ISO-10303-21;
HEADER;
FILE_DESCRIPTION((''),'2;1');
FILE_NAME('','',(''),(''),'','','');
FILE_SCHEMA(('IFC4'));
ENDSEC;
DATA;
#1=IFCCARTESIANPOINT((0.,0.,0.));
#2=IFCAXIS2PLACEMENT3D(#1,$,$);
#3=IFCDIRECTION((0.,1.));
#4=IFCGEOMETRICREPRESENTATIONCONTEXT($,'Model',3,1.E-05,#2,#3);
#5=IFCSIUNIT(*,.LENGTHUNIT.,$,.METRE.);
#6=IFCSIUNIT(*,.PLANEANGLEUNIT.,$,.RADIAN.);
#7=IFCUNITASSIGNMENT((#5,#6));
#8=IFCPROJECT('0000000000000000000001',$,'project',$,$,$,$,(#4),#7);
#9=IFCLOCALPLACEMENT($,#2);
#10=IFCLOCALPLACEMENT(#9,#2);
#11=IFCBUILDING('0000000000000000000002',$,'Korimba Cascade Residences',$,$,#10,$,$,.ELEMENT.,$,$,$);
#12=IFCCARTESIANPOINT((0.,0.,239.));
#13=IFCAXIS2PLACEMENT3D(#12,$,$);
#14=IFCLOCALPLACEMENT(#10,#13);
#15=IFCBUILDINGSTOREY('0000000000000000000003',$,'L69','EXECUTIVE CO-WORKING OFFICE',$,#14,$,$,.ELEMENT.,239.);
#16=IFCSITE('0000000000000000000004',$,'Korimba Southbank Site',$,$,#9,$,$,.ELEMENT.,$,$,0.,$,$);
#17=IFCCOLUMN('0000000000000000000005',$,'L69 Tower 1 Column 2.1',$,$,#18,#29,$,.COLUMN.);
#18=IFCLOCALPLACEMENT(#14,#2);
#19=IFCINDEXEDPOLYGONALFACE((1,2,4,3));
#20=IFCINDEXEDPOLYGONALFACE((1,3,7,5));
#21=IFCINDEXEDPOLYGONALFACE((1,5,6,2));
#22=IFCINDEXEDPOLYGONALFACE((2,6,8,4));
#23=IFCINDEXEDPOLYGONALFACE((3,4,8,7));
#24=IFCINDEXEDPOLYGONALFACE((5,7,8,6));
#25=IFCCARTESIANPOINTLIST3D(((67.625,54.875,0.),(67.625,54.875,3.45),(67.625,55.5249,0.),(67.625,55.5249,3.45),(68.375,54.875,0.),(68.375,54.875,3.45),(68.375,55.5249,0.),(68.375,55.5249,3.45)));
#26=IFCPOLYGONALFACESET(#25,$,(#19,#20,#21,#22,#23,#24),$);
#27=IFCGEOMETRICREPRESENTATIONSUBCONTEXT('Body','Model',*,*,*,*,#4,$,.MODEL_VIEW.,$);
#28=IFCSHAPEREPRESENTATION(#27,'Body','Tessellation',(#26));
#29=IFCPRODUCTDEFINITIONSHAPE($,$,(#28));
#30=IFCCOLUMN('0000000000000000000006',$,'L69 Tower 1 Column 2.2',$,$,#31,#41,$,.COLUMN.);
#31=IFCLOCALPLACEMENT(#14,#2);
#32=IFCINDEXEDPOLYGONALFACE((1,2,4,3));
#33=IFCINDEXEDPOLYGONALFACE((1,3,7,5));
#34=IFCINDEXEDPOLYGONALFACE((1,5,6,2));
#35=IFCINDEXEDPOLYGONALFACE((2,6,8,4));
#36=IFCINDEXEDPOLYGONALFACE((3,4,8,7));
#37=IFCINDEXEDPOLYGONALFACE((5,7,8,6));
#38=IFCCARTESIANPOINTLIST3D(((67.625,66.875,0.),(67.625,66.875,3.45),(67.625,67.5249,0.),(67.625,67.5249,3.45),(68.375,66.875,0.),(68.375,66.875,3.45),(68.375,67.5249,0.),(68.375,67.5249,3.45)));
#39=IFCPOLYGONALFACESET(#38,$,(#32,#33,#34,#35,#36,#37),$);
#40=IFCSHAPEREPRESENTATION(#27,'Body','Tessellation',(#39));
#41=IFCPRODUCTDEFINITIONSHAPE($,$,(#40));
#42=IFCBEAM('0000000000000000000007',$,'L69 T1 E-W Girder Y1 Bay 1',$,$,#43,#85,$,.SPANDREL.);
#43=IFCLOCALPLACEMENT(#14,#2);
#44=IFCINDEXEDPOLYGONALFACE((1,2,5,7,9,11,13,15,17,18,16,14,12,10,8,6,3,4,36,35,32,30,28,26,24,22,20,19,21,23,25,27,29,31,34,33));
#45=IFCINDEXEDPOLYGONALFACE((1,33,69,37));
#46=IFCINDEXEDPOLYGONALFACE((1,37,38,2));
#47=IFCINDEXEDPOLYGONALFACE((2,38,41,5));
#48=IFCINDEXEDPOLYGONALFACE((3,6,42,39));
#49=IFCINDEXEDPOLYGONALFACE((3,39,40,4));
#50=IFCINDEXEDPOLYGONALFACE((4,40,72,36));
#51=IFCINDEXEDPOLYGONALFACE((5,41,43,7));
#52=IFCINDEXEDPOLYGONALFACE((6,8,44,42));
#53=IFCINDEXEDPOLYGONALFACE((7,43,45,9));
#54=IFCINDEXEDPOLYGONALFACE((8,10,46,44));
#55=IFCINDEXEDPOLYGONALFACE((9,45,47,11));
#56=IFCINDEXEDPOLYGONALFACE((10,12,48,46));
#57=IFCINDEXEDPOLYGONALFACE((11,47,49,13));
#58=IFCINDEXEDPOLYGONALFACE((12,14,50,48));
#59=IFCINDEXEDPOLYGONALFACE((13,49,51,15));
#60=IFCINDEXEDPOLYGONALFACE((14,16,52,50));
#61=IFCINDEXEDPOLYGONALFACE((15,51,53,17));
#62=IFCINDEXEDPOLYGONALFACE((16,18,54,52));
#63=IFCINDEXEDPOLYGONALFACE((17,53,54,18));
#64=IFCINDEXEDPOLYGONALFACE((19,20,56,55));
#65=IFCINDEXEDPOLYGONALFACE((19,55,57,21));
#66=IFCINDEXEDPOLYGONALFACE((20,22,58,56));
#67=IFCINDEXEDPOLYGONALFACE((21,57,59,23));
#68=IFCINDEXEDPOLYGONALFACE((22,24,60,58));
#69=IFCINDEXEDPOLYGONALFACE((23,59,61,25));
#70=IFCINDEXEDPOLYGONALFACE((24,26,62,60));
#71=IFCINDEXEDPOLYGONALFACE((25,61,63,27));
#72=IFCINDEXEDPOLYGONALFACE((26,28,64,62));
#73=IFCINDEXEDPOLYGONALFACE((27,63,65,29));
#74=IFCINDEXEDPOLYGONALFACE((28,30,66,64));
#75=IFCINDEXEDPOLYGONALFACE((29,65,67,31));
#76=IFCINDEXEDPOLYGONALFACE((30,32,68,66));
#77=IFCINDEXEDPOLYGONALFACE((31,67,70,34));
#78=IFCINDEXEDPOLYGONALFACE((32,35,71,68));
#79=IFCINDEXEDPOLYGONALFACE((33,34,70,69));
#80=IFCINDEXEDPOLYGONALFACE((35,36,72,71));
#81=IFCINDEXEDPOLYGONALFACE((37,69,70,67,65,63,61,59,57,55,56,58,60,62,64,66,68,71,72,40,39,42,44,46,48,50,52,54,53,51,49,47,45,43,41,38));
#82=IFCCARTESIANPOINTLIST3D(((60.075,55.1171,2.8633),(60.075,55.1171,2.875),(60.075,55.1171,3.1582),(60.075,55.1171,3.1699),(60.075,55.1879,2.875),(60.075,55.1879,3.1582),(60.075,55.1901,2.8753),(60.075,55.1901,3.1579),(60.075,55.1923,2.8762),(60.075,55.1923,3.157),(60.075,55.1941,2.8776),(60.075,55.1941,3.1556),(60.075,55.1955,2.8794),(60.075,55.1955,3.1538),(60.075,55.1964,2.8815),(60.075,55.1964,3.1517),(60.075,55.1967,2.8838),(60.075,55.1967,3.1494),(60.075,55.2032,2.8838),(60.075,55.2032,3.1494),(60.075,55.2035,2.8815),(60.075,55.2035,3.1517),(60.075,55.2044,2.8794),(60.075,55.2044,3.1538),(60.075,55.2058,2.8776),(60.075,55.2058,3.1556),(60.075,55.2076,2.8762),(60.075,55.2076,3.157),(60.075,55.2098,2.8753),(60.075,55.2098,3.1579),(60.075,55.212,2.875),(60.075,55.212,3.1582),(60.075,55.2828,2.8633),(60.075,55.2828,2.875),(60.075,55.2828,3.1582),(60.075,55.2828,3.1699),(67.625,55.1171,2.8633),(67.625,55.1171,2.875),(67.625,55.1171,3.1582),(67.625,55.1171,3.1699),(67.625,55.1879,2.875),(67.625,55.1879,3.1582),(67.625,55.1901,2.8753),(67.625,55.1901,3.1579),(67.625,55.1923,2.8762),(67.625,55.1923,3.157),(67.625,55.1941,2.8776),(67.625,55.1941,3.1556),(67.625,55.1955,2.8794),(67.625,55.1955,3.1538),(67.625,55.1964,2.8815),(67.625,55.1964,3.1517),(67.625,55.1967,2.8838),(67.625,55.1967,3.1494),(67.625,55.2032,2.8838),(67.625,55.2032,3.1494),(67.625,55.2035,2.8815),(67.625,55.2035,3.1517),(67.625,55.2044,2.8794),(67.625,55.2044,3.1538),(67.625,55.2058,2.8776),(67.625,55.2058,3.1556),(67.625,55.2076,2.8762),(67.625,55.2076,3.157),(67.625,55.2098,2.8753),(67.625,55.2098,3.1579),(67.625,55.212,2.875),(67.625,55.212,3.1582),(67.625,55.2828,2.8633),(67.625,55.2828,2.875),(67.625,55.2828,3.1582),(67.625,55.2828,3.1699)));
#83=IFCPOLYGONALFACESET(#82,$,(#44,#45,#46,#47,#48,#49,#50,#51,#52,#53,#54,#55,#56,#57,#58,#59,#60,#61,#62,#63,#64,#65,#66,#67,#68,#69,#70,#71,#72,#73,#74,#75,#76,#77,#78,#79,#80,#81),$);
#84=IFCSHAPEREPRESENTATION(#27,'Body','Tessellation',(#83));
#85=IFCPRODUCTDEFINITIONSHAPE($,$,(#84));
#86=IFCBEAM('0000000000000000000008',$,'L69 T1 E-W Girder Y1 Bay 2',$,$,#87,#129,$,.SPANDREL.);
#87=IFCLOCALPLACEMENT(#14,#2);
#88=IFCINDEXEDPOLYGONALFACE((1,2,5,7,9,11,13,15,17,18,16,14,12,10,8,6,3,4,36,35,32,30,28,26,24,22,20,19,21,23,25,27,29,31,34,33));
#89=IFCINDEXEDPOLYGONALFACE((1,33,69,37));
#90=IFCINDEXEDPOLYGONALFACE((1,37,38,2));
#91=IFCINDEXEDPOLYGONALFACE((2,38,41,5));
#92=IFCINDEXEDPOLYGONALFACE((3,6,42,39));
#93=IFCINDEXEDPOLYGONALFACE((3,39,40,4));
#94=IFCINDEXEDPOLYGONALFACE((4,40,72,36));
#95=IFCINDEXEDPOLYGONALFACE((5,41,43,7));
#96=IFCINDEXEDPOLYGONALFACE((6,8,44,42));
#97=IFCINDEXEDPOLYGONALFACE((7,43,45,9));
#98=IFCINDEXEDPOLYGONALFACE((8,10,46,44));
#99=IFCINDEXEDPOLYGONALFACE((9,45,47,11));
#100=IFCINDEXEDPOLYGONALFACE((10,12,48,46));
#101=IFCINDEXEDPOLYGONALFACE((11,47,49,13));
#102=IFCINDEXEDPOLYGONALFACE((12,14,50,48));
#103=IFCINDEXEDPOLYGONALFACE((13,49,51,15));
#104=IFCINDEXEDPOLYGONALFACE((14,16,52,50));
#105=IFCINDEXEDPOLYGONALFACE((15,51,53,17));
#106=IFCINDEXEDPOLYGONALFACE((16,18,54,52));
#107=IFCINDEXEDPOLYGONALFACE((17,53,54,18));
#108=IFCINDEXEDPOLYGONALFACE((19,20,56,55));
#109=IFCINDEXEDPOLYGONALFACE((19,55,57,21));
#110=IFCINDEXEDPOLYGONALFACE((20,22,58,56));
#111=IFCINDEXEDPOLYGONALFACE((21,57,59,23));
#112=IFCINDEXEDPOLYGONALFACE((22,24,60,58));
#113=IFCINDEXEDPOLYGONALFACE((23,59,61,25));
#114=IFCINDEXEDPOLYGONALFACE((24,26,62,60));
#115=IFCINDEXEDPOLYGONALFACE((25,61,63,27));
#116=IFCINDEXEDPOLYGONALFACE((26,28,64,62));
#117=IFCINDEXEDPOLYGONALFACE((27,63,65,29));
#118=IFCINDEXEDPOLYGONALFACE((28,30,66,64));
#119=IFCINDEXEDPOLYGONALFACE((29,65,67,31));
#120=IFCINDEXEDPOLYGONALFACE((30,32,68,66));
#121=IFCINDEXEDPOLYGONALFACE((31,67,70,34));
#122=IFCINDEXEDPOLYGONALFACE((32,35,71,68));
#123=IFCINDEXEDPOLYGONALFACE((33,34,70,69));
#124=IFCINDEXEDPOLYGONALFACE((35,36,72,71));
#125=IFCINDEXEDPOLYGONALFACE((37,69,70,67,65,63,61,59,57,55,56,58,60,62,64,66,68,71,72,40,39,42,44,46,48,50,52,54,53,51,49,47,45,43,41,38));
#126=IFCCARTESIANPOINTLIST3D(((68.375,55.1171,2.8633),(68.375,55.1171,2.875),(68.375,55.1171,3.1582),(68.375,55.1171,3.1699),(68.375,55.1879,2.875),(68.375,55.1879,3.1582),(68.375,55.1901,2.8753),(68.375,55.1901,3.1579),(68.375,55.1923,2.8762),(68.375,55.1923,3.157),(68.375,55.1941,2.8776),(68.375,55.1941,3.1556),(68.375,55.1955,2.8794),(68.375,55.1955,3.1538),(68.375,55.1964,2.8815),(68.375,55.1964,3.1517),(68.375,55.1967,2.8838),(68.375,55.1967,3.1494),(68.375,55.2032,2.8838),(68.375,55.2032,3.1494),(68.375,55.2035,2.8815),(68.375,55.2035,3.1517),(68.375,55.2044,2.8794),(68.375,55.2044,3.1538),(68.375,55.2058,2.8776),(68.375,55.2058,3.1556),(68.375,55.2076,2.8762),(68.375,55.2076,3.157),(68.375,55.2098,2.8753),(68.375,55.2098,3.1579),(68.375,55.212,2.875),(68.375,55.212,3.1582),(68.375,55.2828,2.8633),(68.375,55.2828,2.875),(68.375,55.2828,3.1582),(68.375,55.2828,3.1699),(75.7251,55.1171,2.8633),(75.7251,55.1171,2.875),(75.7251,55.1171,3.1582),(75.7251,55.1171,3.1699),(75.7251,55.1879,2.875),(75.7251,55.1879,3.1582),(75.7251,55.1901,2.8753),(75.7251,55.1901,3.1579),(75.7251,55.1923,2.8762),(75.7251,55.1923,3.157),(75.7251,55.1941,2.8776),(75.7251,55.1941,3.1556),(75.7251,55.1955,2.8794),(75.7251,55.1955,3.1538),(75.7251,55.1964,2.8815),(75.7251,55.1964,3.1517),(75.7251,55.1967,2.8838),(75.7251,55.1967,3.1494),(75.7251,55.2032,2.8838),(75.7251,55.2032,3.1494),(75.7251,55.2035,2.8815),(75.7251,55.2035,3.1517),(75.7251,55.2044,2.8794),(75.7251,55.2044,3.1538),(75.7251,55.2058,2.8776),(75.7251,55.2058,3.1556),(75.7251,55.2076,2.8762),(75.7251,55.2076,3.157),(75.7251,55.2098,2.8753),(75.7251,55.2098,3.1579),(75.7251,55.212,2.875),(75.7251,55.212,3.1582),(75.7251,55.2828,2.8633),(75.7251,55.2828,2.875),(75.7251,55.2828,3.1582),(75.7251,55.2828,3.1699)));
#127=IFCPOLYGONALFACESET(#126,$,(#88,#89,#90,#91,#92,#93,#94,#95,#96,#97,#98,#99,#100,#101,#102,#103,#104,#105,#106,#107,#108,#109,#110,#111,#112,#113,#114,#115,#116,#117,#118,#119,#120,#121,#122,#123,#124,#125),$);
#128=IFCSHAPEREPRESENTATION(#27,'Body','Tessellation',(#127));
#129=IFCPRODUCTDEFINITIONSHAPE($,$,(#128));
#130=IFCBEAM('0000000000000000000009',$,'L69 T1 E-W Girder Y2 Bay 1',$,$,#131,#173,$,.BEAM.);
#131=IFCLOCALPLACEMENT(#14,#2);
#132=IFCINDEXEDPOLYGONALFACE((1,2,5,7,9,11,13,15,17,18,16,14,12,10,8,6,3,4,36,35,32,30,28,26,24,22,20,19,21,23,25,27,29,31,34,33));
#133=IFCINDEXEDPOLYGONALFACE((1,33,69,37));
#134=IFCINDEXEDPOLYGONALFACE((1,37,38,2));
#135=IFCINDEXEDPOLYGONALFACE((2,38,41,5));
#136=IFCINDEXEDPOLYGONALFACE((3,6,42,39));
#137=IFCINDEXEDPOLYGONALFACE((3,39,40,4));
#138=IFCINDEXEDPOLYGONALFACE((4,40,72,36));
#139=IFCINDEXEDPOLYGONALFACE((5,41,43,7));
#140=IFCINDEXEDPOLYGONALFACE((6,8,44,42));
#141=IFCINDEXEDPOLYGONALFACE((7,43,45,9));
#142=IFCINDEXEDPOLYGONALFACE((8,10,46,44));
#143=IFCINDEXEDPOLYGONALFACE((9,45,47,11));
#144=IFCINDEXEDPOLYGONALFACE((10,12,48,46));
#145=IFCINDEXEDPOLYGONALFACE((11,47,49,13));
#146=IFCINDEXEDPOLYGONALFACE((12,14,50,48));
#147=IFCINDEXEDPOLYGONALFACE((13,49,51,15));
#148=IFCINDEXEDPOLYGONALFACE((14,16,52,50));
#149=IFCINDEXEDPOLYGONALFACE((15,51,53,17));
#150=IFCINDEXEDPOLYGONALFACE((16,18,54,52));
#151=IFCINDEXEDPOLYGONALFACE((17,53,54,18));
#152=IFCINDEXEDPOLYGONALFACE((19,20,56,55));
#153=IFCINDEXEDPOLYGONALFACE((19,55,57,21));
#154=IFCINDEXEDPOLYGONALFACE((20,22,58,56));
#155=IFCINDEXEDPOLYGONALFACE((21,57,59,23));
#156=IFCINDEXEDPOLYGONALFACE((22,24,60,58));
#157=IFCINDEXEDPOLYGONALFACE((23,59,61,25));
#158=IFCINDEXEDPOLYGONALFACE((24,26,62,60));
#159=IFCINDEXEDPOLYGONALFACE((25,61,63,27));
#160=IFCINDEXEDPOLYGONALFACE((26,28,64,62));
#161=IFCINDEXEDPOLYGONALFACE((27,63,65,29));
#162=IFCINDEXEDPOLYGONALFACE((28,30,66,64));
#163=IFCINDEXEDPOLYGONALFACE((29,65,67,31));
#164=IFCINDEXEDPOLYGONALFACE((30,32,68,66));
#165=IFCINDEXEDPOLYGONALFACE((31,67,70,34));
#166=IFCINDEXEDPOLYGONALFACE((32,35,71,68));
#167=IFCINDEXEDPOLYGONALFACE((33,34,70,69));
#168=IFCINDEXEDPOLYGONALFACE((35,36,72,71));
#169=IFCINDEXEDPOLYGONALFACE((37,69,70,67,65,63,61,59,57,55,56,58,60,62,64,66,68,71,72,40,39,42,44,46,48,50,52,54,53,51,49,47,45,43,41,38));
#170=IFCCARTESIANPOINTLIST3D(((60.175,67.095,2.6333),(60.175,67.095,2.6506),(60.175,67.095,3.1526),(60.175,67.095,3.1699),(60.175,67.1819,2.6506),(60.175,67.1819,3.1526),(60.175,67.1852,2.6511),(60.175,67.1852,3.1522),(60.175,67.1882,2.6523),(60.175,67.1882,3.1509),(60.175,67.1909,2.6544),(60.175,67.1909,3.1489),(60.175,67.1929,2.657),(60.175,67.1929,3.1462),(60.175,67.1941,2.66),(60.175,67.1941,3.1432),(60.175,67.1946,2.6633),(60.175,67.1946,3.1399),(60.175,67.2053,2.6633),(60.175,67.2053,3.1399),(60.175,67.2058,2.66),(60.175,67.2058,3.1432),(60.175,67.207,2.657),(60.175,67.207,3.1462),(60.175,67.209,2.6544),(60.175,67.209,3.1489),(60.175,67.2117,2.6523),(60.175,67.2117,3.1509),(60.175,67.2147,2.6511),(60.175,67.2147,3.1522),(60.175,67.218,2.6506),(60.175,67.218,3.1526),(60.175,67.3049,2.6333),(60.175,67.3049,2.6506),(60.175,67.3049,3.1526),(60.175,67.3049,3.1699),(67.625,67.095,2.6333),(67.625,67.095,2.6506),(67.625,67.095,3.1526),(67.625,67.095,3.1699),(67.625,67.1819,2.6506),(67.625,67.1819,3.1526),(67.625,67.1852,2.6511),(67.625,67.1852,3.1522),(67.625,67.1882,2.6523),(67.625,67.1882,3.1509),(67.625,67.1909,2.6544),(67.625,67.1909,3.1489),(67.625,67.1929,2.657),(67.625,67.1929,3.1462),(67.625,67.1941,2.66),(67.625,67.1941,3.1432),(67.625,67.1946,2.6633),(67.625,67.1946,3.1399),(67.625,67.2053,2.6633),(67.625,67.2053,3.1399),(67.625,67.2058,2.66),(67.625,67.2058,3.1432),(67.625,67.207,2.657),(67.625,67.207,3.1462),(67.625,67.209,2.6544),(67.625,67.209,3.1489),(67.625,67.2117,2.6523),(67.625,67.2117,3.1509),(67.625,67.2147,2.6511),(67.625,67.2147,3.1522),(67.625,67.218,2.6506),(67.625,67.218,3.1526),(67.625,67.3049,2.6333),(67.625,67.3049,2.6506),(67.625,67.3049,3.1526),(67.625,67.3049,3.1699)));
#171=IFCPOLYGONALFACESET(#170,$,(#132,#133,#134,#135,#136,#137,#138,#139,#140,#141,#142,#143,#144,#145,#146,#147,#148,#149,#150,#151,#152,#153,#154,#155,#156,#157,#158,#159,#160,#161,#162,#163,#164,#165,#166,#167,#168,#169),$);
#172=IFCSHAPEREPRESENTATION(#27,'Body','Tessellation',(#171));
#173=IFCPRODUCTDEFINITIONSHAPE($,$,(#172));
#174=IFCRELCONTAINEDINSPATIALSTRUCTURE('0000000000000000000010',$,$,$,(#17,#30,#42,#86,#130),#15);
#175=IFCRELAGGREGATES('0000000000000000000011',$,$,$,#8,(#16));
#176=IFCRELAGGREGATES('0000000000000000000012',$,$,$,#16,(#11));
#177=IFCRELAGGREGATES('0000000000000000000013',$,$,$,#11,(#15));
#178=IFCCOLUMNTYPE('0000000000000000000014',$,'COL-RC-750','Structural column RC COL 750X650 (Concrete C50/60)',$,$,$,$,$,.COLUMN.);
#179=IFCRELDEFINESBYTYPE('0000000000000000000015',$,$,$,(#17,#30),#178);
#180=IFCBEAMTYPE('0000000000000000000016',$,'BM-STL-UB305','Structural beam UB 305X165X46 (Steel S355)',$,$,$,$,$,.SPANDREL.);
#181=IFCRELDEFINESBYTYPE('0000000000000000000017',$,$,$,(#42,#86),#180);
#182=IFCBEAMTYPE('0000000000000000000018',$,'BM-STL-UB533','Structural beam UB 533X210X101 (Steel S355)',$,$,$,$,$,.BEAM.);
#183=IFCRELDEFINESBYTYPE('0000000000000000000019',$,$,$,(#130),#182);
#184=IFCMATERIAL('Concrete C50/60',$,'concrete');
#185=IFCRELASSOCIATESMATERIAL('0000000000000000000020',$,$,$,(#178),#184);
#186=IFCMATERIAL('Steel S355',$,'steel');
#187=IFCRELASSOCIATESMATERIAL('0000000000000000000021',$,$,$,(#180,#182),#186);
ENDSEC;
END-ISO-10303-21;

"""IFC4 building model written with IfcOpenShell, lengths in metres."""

from ifc_helpers import new_model, si_unit, direction, frame, origin, origin_2d, place, context, subcontext, project, spatial, rectangle, i_section, extrude, material, material_profile, profile_set, type_object, element, save


model = new_model("IFC4")

# Units and contexts
model_context = context("Model", 3, precision=1e-05, world=origin(), true_north=direction((0.0, 1.0)))
body_context = subcontext(model_context, "Body", "Model", "MODEL_VIEW")
ifc_project = project(units=[si_unit("LENGTHUNIT", "METRE"), si_unit("PLANEANGLEUNIT", "RADIAN")], contexts=[model_context])

# Site, building, storey
site_placement = place(None, origin())
site = spatial("IfcSite", under=ifc_project, at=site_placement, Name="Korimba Southbank Site", CompositionType="ELEMENT", RefElevation=0.0)
building_placement = place(site_placement, origin())
building = spatial("IfcBuilding", under=site, at=building_placement, Name="Korimba Cascade Residences", CompositionType="ELEMENT")
storey_placement = place(building_placement, frame((0.0, 0.0, 239.0)))
storey = spatial("IfcBuildingStorey", under=building, at=storey_placement, Name="L69", Description="EXECUTIVE CO-WORKING OFFICE", CompositionType="ELEMENT", Elevation=239.0)

# Columns
ifc_material_1 = material(Name="Concrete C50/60", Category="concrete")
ifc_material_profile_1 = material_profile(ifc_material_1, rectangle(XDim=0.75, YDim=0.6499, at=origin_2d()), Name="Concrete C50/60")
ifc_profile_set_1 = profile_set([ifc_material_profile_1], Name="Concrete C50/60")
column_type = type_object("IfcColumnType", Name="COL-RC-750", Description="Structural column RC COL 750X650 (Concrete C50/60)", PredefinedType="COLUMN", material=ifc_profile_set_1)
for number, where, z_axis, x_axis, name in (
    (1, (68.0, 55.2, 0.0), (0.0, 0.0, 1.0), (1.0, 0.0, 0.0), "L69 Tower 1 Column 2.1"),
    (2, (68.0, 67.2, 0.0), (0.0, 0.0, 1.0), (1.0, 0.0, 0.0), "L69 Tower 1 Column 2.2"),
):
    element("IfcColumn", number, at=place(storey_placement, frame(where, z_axis=z_axis, x_axis=x_axis)), inside=storey, type_object=column_type, Name=name, PredefinedType="COLUMN", context=body_context, shape_type="SweptSolid", body=[
        extrude(rectangle(XDim=0.75, YDim=0.6499, at=origin_2d()), origin(), (0.0, 0.0, 1.0), 3.45),
    ])

# Beams
ifc_material_2 = material(Name="Steel S355", Category="steel")
ifc_material_profile_2 = material_profile(ifc_material_2, i_section(OverallWidth=0.1658, OverallDepth=0.3066, WebThickness=0.0066, FlangeThickness=0.0117, FilletRadius=0.0088, at=origin_2d()), Name="Steel S355")
ifc_profile_set_2 = profile_set([ifc_material_profile_2], Name="Steel S355")
beam_type_1 = type_object("IfcBeamType", Name="BM-STL-UB305", Description="Structural beam UB 305X165X46 (Steel S355)", PredefinedType="SPANDREL", material=ifc_profile_set_2)
beam_1_placement = place(storey_placement, frame((60.075, 55.2, 3.0166), z_axis=(1.0, 0.0, 0.0), x_axis=(0.0, 1.0, 0.0)))
element("IfcBeam", 3, at=beam_1_placement, inside=storey, type_object=beam_type_1, Name="L69 T1 E-W Girder Y1 Bay 1", PredefinedType="SPANDREL", context=body_context, shape_type="SweptSolid", body=[
    extrude(i_section(OverallWidth=0.1658, OverallDepth=0.3066, WebThickness=0.0066, FlangeThickness=0.0117, FilletRadius=0.0088, at=origin_2d()), origin(), (0.0, 0.0, 1.0), 7.55),
])
beam_2_placement = place(storey_placement, frame((68.375, 55.2, 3.0166), z_axis=(1.0, 0.0, 0.0), x_axis=(0.0, 1.0, 0.0)))
element("IfcBeam", 4, at=beam_2_placement, inside=storey, type_object=beam_type_1, Name="L69 T1 E-W Girder Y1 Bay 2", PredefinedType="SPANDREL", context=body_context, shape_type="SweptSolid", body=[
    extrude(i_section(OverallWidth=0.1658, OverallDepth=0.3066, WebThickness=0.0066, FlangeThickness=0.0117, FilletRadius=0.0088, at=origin_2d()), origin(), (0.0, 0.0, 1.0), 7.3501),
])
ifc_material_profile_3 = material_profile(ifc_material_2, i_section(OverallWidth=0.21, OverallDepth=0.5366, WebThickness=0.0107, FlangeThickness=0.0173, FilletRadius=0.0127, at=origin_2d()), Name="Steel S355")
ifc_profile_set_3 = profile_set([ifc_material_profile_3], Name="Steel S355")
beam_type_2 = type_object("IfcBeamType", Name="BM-STL-UB533", Description="Structural beam UB 533X210X101 (Steel S355)", PredefinedType="BEAM", material=ifc_profile_set_3)
beam_3_placement = place(storey_placement, frame((60.175, 67.2, 2.9016), z_axis=(1.0, 0.0, 0.0), x_axis=(0.0, 1.0, 0.0)))
element("IfcBeam", 5, at=beam_3_placement, inside=storey, type_object=beam_type_2, Name="L69 T1 E-W Girder Y2 Bay 1", PredefinedType="BEAM", context=body_context, shape_type="SweptSolid", body=[
    extrude(i_section(OverallWidth=0.21, OverallDepth=0.5366, WebThickness=0.0107, FlangeThickness=0.0173, FilletRadius=0.0127, at=origin_2d()), origin(), (0.0, 0.0, 1.0), 7.45),
])

save(model, "model.ifc")
